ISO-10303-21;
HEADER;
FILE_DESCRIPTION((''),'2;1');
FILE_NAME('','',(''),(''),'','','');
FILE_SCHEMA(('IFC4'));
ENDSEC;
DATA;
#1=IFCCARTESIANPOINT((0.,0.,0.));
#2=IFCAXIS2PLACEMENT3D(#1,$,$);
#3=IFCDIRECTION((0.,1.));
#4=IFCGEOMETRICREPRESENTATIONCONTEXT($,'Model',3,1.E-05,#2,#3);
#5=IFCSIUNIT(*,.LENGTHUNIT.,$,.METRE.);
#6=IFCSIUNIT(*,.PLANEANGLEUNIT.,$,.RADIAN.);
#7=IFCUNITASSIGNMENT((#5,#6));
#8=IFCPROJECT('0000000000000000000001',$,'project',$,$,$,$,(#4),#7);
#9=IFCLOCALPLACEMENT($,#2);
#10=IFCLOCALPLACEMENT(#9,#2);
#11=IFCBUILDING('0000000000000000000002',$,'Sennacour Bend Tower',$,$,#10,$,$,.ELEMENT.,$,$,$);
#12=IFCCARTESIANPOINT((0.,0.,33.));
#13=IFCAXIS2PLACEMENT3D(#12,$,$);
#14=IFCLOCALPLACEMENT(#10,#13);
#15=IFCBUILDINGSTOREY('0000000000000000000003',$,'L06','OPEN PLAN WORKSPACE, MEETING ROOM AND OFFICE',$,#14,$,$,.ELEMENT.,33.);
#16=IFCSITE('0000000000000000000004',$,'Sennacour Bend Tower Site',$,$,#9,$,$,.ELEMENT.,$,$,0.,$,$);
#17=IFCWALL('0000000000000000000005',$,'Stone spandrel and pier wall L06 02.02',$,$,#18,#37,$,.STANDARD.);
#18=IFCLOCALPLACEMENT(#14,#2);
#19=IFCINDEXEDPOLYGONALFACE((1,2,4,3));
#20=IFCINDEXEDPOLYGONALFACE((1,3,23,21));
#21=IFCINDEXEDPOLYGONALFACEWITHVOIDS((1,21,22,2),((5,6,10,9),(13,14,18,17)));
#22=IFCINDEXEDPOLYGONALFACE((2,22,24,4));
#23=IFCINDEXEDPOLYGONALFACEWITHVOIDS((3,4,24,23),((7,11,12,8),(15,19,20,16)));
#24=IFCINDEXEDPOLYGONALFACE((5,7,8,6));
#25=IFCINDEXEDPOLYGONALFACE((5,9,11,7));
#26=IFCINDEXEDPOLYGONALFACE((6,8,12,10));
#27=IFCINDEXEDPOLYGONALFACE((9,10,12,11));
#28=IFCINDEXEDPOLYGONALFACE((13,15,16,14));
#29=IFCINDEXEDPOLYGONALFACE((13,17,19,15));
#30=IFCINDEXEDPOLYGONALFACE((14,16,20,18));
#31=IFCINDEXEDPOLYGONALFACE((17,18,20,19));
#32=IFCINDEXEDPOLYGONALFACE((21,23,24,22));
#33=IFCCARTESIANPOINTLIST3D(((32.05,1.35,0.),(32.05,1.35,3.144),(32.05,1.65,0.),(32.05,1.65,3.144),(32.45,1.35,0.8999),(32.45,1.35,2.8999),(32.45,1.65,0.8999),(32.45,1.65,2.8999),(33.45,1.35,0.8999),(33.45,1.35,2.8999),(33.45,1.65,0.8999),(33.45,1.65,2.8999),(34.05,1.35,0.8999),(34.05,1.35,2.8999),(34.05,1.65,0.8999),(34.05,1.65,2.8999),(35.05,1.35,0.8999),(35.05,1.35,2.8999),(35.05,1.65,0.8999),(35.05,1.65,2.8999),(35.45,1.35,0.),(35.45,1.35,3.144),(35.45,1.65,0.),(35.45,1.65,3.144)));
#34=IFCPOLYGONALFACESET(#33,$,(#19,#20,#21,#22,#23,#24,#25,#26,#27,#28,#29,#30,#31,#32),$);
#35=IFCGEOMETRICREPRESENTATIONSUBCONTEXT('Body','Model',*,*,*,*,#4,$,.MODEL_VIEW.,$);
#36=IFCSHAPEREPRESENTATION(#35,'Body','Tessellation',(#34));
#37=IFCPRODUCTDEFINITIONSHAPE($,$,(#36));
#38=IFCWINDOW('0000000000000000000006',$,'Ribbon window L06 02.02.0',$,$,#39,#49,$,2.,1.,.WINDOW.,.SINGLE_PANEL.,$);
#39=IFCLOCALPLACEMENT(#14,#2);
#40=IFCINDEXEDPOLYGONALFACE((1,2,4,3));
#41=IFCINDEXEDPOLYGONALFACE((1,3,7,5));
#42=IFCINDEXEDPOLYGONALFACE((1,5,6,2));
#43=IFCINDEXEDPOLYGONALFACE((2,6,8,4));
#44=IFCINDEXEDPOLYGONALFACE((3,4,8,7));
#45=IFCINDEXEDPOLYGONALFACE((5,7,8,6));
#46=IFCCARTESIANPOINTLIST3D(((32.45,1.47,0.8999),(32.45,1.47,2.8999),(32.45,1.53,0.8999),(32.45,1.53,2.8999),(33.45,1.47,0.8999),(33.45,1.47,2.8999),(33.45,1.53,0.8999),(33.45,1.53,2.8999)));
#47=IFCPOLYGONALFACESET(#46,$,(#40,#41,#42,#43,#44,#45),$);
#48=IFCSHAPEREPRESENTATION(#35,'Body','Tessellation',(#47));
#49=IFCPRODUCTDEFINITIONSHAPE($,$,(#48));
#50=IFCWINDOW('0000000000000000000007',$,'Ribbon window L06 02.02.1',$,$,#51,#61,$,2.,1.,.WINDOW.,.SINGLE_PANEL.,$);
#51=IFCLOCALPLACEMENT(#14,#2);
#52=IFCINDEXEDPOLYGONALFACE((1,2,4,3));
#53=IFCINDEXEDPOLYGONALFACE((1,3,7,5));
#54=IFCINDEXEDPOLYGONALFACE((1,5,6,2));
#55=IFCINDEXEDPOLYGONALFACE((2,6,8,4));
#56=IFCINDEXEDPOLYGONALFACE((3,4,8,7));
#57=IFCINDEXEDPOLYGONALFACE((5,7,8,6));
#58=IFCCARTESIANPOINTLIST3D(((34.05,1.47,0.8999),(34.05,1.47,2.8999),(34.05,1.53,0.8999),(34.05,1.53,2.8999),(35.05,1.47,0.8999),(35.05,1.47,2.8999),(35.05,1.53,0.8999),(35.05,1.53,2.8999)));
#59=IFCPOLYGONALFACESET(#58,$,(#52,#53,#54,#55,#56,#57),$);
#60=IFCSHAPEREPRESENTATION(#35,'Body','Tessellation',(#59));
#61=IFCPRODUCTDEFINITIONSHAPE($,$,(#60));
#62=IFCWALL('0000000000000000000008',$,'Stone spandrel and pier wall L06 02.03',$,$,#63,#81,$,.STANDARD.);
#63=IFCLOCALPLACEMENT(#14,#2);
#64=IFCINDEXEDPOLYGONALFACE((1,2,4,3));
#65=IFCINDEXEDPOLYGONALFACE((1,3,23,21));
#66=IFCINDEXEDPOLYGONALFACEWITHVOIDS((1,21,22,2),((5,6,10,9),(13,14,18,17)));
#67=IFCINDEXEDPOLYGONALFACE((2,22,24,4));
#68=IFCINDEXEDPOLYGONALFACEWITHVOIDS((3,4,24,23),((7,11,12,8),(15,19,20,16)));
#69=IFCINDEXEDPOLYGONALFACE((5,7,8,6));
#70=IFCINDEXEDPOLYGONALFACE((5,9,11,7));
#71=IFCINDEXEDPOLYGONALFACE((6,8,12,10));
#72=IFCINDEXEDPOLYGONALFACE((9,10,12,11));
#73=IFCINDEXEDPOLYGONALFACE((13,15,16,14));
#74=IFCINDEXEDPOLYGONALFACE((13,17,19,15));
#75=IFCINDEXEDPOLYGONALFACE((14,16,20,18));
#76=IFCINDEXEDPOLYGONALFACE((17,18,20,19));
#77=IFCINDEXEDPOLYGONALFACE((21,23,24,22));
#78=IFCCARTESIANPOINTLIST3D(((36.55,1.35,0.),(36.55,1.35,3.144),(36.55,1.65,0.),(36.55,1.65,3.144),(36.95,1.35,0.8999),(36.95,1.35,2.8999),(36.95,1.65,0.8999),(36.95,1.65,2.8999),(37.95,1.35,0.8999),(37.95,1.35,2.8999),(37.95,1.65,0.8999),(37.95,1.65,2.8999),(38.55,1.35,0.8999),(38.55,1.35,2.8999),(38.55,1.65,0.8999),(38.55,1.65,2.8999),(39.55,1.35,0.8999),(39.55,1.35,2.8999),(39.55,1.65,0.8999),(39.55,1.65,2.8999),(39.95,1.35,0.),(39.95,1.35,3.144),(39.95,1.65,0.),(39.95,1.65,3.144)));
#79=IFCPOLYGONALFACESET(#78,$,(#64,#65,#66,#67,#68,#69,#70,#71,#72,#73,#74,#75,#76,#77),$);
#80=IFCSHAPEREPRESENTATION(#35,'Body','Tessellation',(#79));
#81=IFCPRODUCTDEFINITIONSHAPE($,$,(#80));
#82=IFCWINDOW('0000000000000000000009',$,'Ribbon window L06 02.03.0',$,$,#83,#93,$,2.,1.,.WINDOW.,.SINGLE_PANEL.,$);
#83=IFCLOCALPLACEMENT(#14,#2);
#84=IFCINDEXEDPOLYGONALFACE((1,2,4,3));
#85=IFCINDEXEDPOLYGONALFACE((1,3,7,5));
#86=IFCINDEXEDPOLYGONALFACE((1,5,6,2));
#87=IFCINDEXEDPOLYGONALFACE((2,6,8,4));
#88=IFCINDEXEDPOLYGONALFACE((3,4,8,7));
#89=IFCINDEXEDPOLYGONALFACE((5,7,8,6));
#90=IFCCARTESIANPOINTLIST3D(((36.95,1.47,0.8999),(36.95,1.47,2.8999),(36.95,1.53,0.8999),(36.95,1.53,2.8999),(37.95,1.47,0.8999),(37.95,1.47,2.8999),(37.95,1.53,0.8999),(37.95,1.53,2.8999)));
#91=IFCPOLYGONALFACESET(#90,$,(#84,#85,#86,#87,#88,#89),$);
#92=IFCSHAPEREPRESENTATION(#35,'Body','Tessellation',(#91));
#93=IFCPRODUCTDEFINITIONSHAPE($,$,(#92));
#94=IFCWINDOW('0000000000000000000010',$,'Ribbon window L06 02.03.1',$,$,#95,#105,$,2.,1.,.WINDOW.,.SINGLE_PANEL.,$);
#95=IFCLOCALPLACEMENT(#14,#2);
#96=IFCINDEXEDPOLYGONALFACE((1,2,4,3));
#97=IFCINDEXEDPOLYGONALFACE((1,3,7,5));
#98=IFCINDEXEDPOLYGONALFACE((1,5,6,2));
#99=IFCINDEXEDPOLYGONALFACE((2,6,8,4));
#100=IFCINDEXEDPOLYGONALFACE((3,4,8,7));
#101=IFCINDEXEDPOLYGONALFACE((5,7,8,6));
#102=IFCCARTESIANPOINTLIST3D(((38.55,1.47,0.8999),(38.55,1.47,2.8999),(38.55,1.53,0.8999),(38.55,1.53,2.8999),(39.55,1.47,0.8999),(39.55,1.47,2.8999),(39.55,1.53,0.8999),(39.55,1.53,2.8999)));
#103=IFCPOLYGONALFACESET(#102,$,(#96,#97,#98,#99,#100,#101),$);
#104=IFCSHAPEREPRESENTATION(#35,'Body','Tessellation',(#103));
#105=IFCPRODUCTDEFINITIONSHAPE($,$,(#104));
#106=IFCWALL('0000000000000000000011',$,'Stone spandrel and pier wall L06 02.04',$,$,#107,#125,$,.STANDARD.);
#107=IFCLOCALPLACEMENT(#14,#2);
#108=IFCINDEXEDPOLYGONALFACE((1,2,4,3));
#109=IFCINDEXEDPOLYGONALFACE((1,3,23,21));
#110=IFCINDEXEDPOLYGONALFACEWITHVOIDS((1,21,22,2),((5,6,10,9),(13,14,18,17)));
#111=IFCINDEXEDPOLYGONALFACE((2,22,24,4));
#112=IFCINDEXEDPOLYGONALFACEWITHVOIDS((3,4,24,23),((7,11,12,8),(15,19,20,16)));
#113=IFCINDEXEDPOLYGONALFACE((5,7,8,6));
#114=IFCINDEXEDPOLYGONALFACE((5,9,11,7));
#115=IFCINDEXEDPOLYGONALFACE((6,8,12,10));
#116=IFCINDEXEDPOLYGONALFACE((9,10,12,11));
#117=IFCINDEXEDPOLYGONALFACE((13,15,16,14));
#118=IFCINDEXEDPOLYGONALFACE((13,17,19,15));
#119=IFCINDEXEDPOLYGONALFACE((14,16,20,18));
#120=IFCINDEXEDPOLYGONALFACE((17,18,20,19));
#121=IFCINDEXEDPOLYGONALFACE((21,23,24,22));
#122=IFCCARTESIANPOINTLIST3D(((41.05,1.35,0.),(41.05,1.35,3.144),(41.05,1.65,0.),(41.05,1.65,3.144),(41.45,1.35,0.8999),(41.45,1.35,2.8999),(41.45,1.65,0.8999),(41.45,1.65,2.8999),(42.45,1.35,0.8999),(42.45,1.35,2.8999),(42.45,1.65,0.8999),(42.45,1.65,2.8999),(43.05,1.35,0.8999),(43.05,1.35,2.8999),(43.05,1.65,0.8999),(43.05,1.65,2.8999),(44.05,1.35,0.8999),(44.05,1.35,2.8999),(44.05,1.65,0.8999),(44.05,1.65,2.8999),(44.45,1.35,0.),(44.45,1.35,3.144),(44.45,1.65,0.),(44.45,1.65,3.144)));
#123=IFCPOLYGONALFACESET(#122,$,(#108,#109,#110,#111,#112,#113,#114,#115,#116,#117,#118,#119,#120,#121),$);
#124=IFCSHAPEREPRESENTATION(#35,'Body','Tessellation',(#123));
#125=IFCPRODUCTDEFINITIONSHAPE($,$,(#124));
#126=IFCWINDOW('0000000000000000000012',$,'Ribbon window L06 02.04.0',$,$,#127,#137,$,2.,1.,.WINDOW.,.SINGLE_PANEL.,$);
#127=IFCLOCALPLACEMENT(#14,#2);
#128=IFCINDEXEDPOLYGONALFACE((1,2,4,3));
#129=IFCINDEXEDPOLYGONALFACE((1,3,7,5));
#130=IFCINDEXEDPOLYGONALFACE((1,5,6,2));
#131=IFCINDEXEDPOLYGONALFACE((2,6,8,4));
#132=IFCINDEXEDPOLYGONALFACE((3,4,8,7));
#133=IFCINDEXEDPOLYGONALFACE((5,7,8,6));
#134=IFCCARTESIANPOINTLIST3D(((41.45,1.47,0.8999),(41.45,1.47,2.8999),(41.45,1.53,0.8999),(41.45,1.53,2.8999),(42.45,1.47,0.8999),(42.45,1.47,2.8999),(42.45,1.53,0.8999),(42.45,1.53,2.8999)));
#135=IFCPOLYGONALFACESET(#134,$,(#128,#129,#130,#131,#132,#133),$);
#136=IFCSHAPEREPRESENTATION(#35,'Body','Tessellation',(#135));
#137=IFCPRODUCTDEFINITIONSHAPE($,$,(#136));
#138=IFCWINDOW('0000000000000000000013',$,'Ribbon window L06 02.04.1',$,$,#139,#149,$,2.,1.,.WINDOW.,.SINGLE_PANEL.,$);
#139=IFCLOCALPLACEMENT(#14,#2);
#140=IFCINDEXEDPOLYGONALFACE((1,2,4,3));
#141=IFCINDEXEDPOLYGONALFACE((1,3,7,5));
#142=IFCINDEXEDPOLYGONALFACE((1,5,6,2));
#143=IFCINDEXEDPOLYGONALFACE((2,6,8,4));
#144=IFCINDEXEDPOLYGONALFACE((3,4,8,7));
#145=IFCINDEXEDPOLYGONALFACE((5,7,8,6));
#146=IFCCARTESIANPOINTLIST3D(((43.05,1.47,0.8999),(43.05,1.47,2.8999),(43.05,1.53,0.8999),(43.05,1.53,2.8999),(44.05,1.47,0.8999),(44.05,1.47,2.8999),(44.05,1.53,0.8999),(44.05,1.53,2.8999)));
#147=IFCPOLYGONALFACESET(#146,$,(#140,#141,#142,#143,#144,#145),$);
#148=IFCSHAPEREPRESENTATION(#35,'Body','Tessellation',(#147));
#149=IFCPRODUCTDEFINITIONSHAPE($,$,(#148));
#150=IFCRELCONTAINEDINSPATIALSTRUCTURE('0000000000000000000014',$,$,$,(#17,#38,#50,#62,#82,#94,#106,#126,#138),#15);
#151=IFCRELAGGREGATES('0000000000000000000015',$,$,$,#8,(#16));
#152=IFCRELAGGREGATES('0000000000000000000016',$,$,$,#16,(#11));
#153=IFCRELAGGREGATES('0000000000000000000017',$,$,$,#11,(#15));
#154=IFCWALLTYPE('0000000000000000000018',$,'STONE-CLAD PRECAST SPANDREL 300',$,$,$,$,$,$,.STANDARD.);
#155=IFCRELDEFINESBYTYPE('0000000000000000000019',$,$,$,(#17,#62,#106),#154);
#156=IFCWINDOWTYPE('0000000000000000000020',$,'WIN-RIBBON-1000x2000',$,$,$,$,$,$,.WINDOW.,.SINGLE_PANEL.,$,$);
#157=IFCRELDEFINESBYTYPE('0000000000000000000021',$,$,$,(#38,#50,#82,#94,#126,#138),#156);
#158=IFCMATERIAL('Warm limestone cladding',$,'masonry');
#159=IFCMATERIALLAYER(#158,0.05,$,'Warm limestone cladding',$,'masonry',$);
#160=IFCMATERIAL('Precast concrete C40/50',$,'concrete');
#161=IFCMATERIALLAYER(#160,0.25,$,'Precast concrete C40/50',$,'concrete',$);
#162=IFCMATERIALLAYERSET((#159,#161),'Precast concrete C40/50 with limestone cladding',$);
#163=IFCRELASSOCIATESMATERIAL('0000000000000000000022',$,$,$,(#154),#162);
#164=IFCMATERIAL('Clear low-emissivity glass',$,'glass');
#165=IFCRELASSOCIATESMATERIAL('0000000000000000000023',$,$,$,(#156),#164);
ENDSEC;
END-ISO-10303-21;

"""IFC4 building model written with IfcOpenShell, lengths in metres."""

from ifc_helpers import new_model, si_unit, direction, frame, frame_2d, origin, place, context, subcontext, project, spatial, rectangle, extrude, material, layer, layer_set, type_object, element, fill, save


model = new_model("IFC4")

# Units and contexts
model_context = context("Model", 3, precision=1e-05, world=origin(), true_north=direction((0.0, 1.0)))
body_context = subcontext(model_context, "Body", "Model", "MODEL_VIEW")
ifc_project = project(units=[si_unit("LENGTHUNIT", "METRE"), si_unit("PLANEANGLEUNIT", "RADIAN")], contexts=[model_context])

# Site, building, storey
site_placement = place(None, origin())
site = spatial("IfcSite", under=ifc_project, at=site_placement, Name="Sennacour Bend Tower Site", CompositionType="ELEMENT", RefElevation=0.0)
building_placement = place(site_placement, origin())
building = spatial("IfcBuilding", under=site, at=building_placement, Name="Sennacour Bend Tower", CompositionType="ELEMENT")
storey_placement = place(building_placement, frame((0.0, 0.0, 33.0)))
storey = spatial("IfcBuildingStorey", under=building, at=storey_placement, Name="L06", Description="OPEN PLAN WORKSPACE, MEETING ROOM AND OFFICE", CompositionType="ELEMENT", Elevation=33.0)

# Walls, openings, windows
ifc_material_1 = material(Name="Warm limestone cladding", Category="masonry")
ifc_layer_1 = layer(ifc_material_1, 0.05, Name="Warm limestone cladding", Category="masonry")
ifc_material_2 = material(Name="Precast concrete C40/50", Category="concrete")
ifc_layer_2 = layer(ifc_material_2, 0.25, Name="Precast concrete C40/50", Category="concrete")
ifc_layer_set_1 = layer_set([ifc_layer_1, ifc_layer_2], Name="Precast concrete C40/50 with limestone cladding")
wall_type_1 = type_object("IfcWallType", Name="STONE-CLAD PRECAST SPANDREL 300", PredefinedType="STANDARD", material=ifc_layer_set_1)
wall_1_placement = place(storey_placement, frame((32.05, 1.5, 0.0), z_axis=(0.0, 0.0, 1.0), x_axis=(1.0, 0.0, 0.0)))
wall_1 = element("IfcWall", 1, at=wall_1_placement, inside=storey, type_object=wall_type_1, Name="Stone spandrel and pier wall L06 02.02", PredefinedType="STANDARD", context=body_context, shape_type="SweptSolid", body=[
    extrude(rectangle(XDim=3.3999, YDim=0.3, at=frame_2d((1.7, 0.0))), origin(), (0.0, 0.0, 1.0), 3.144),
])
opening_1_placement = place(wall_1_placement, frame((0.3999, 0.0, 0.8999)))
opening_1 = element("IfcOpeningElement", 2, at=opening_1_placement, cuts=wall_1, PredefinedType="OPENING", context=body_context, shape_type="SweptSolid", body=[
    extrude(rectangle(XDim=1.0, YDim=2.0, at=frame_2d((0.5, 1.0))), frame((0.0, 0.1602, 0.0), z_axis=(0.0, -1.0, 0.0), x_axis=(1.0, 0.0, 0.0)), (0.0, 0.0, 1.0), 0.3201),
])
opening_2_placement = place(wall_1_placement, frame((2.0, 0.0, 0.8999)))
opening_2 = element("IfcOpeningElement", 3, at=opening_2_placement, cuts=wall_1, PredefinedType="OPENING", context=body_context, shape_type="SweptSolid", body=[
    extrude(rectangle(XDim=1.0, YDim=2.0, at=frame_2d((0.5, 1.0))), frame((0.0, 0.1602, 0.0), z_axis=(0.0, -1.0, 0.0), x_axis=(1.0, 0.0, 0.0)), (0.0, 0.0, 1.0), 0.3201),
])
ifc_material_3 = material(Name="Clear low-emissivity glass", Category="glass")
window_type = type_object("IfcWindowType", Name="WIN-RIBBON-1000x2000", PartitioningType="SINGLE_PANEL", PredefinedType="WINDOW", material=ifc_material_3)
window_1_placement = place(opening_1_placement, origin())
window_1 = element("IfcWindow", 4, at=window_1_placement, inside=storey, type_object=window_type, Name="Ribbon window L06 02.02.0", OverallHeight=2.0, OverallWidth=1.0, PartitioningType="SINGLE_PANEL", PredefinedType="WINDOW", context=body_context, shape_type="SweptSolid", body=[
    extrude(rectangle(XDim=1.0, YDim=2.0, at=frame_2d((0.5, 1.0))), frame((0.0, 0.03, 0.0), z_axis=(0.0, -1.0, 0.0), x_axis=(1.0, 0.0, 0.0)), (0.0, 0.0, 1.0), 0.0601),
])
fill(opening_1, window_1)
window_2_placement = place(opening_2_placement, origin())
window_2 = element("IfcWindow", 5, at=window_2_placement, inside=storey, type_object=window_type, Name="Ribbon window L06 02.02.1", OverallHeight=2.0, OverallWidth=1.0, PartitioningType="SINGLE_PANEL", PredefinedType="WINDOW", context=body_context, shape_type="SweptSolid", body=[
    extrude(rectangle(XDim=1.0, YDim=2.0, at=frame_2d((0.5, 1.0))), frame((0.0, 0.03, 0.0), z_axis=(0.0, -1.0, 0.0), x_axis=(1.0, 0.0, 0.0)), (0.0, 0.0, 1.0), 0.0601),
])
fill(opening_2, window_2)
wall_2_placement = place(storey_placement, frame((36.55, 1.5, 0.0), z_axis=(0.0, 0.0, 1.0), x_axis=(1.0, 0.0, 0.0)))
wall_2 = element("IfcWall", 6, at=wall_2_placement, inside=storey, type_object=wall_type_1, Name="Stone spandrel and pier wall L06 02.03", PredefinedType="STANDARD", context=body_context, shape_type="SweptSolid", body=[
    extrude(rectangle(XDim=3.3999, YDim=0.3, at=frame_2d((1.7, 0.0))), origin(), (0.0, 0.0, 1.0), 3.144),
])
opening_3_placement = place(wall_2_placement, frame((0.3999, 0.0, 0.8999)))
opening_3 = element("IfcOpeningElement", 7, at=opening_3_placement, cuts=wall_2, PredefinedType="OPENING", context=body_context, shape_type="SweptSolid", body=[
    extrude(rectangle(XDim=1.0, YDim=2.0, at=frame_2d((0.5, 1.0))), frame((0.0, 0.1602, 0.0), z_axis=(0.0, -1.0, 0.0), x_axis=(1.0, 0.0, 0.0)), (0.0, 0.0, 1.0), 0.3201),
])
opening_4_placement = place(wall_2_placement, frame((2.0, 0.0, 0.8999)))
opening_4 = element("IfcOpeningElement", 8, at=opening_4_placement, cuts=wall_2, PredefinedType="OPENING", context=body_context, shape_type="SweptSolid", body=[
    extrude(rectangle(XDim=1.0, YDim=2.0, at=frame_2d((0.5, 1.0))), frame((0.0, 0.1602, 0.0), z_axis=(0.0, -1.0, 0.0), x_axis=(1.0, 0.0, 0.0)), (0.0, 0.0, 1.0), 0.3201),
])
window_3_placement = place(opening_3_placement, origin())
window_3 = element("IfcWindow", 9, at=window_3_placement, inside=storey, type_object=window_type, Name="Ribbon window L06 02.03.0", OverallHeight=2.0, OverallWidth=1.0, PartitioningType="SINGLE_PANEL", PredefinedType="WINDOW", context=body_context, shape_type="SweptSolid", body=[
    extrude(rectangle(XDim=1.0, YDim=2.0, at=frame_2d((0.5, 1.0))), frame((0.0, 0.03, 0.0), z_axis=(0.0, -1.0, 0.0), x_axis=(1.0, 0.0, 0.0)), (0.0, 0.0, 1.0), 0.0601),
])
fill(opening_3, window_3)
window_4_placement = place(opening_4_placement, origin())
window_4 = element("IfcWindow", 10, at=window_4_placement, inside=storey, type_object=window_type, Name="Ribbon window L06 02.03.1", OverallHeight=2.0, OverallWidth=1.0, PartitioningType="SINGLE_PANEL", PredefinedType="WINDOW", context=body_context, shape_type="SweptSolid", body=[
    extrude(rectangle(XDim=1.0, YDim=2.0, at=frame_2d((0.5, 1.0))), frame((0.0, 0.03, 0.0), z_axis=(0.0, -1.0, 0.0), x_axis=(1.0, 0.0, 0.0)), (0.0, 0.0, 1.0), 0.0601),
])
fill(opening_4, window_4)
wall_3_placement = place(storey_placement, frame((41.05, 1.5, 0.0), z_axis=(0.0, 0.0, 1.0), x_axis=(1.0, 0.0, 0.0)))
wall_3 = element("IfcWall", 11, at=wall_3_placement, inside=storey, type_object=wall_type_1, Name="Stone spandrel and pier wall L06 02.04", PredefinedType="STANDARD", context=body_context, shape_type="SweptSolid", body=[
    extrude(rectangle(XDim=3.3999, YDim=0.3, at=frame_2d((1.7, 0.0))), origin(), (0.0, 0.0, 1.0), 3.144),
])
opening_5_placement = place(wall_3_placement, frame((0.3999, 0.0, 0.8999)))
opening_5 = element("IfcOpeningElement", 12, at=opening_5_placement, cuts=wall_3, PredefinedType="OPENING", context=body_context, shape_type="SweptSolid", body=[
    extrude(rectangle(XDim=1.0, YDim=2.0, at=frame_2d((0.5, 1.0))), frame((0.0, 0.1602, 0.0), z_axis=(0.0, -1.0, 0.0), x_axis=(1.0, 0.0, 0.0)), (0.0, 0.0, 1.0), 0.3201),
])
opening_6_placement = place(wall_3_placement, frame((2.0, 0.0, 0.8999)))
opening_6 = element("IfcOpeningElement", 13, at=opening_6_placement, cuts=wall_3, PredefinedType="OPENING", context=body_context, shape_type="SweptSolid", body=[
    extrude(rectangle(XDim=1.0, YDim=2.0, at=frame_2d((0.5, 1.0))), frame((0.0, 0.1602, 0.0), z_axis=(0.0, -1.0, 0.0), x_axis=(1.0, 0.0, 0.0)), (0.0, 0.0, 1.0), 0.3201),
])
window_5_placement = place(opening_5_placement, origin())
window_5 = element("IfcWindow", 14, at=window_5_placement, inside=storey, type_object=window_type, Name="Ribbon window L06 02.04.0", OverallHeight=2.0, OverallWidth=1.0, PartitioningType="SINGLE_PANEL", PredefinedType="WINDOW", context=body_context, shape_type="SweptSolid", body=[
    extrude(rectangle(XDim=1.0, YDim=2.0, at=frame_2d((0.5, 1.0))), frame((0.0, 0.03, 0.0), z_axis=(0.0, -1.0, 0.0), x_axis=(1.0, 0.0, 0.0)), (0.0, 0.0, 1.0), 0.0601),
])
fill(opening_5, window_5)
window_6_placement = place(opening_6_placement, origin())
window_6 = element("IfcWindow", 15, at=window_6_placement, inside=storey, type_object=window_type, Name="Ribbon window L06 02.04.1", OverallHeight=2.0, OverallWidth=1.0, PartitioningType="SINGLE_PANEL", PredefinedType="WINDOW", context=body_context, shape_type="SweptSolid", body=[
    extrude(rectangle(XDim=1.0, YDim=2.0, at=frame_2d((0.5, 1.0))), frame((0.0, 0.03, 0.0), z_axis=(0.0, -1.0, 0.0), x_axis=(1.0, 0.0, 0.0)), (0.0, 0.0, 1.0), 0.0601),
])
fill(opening_6, window_6)

save(model, "model.ifc")
